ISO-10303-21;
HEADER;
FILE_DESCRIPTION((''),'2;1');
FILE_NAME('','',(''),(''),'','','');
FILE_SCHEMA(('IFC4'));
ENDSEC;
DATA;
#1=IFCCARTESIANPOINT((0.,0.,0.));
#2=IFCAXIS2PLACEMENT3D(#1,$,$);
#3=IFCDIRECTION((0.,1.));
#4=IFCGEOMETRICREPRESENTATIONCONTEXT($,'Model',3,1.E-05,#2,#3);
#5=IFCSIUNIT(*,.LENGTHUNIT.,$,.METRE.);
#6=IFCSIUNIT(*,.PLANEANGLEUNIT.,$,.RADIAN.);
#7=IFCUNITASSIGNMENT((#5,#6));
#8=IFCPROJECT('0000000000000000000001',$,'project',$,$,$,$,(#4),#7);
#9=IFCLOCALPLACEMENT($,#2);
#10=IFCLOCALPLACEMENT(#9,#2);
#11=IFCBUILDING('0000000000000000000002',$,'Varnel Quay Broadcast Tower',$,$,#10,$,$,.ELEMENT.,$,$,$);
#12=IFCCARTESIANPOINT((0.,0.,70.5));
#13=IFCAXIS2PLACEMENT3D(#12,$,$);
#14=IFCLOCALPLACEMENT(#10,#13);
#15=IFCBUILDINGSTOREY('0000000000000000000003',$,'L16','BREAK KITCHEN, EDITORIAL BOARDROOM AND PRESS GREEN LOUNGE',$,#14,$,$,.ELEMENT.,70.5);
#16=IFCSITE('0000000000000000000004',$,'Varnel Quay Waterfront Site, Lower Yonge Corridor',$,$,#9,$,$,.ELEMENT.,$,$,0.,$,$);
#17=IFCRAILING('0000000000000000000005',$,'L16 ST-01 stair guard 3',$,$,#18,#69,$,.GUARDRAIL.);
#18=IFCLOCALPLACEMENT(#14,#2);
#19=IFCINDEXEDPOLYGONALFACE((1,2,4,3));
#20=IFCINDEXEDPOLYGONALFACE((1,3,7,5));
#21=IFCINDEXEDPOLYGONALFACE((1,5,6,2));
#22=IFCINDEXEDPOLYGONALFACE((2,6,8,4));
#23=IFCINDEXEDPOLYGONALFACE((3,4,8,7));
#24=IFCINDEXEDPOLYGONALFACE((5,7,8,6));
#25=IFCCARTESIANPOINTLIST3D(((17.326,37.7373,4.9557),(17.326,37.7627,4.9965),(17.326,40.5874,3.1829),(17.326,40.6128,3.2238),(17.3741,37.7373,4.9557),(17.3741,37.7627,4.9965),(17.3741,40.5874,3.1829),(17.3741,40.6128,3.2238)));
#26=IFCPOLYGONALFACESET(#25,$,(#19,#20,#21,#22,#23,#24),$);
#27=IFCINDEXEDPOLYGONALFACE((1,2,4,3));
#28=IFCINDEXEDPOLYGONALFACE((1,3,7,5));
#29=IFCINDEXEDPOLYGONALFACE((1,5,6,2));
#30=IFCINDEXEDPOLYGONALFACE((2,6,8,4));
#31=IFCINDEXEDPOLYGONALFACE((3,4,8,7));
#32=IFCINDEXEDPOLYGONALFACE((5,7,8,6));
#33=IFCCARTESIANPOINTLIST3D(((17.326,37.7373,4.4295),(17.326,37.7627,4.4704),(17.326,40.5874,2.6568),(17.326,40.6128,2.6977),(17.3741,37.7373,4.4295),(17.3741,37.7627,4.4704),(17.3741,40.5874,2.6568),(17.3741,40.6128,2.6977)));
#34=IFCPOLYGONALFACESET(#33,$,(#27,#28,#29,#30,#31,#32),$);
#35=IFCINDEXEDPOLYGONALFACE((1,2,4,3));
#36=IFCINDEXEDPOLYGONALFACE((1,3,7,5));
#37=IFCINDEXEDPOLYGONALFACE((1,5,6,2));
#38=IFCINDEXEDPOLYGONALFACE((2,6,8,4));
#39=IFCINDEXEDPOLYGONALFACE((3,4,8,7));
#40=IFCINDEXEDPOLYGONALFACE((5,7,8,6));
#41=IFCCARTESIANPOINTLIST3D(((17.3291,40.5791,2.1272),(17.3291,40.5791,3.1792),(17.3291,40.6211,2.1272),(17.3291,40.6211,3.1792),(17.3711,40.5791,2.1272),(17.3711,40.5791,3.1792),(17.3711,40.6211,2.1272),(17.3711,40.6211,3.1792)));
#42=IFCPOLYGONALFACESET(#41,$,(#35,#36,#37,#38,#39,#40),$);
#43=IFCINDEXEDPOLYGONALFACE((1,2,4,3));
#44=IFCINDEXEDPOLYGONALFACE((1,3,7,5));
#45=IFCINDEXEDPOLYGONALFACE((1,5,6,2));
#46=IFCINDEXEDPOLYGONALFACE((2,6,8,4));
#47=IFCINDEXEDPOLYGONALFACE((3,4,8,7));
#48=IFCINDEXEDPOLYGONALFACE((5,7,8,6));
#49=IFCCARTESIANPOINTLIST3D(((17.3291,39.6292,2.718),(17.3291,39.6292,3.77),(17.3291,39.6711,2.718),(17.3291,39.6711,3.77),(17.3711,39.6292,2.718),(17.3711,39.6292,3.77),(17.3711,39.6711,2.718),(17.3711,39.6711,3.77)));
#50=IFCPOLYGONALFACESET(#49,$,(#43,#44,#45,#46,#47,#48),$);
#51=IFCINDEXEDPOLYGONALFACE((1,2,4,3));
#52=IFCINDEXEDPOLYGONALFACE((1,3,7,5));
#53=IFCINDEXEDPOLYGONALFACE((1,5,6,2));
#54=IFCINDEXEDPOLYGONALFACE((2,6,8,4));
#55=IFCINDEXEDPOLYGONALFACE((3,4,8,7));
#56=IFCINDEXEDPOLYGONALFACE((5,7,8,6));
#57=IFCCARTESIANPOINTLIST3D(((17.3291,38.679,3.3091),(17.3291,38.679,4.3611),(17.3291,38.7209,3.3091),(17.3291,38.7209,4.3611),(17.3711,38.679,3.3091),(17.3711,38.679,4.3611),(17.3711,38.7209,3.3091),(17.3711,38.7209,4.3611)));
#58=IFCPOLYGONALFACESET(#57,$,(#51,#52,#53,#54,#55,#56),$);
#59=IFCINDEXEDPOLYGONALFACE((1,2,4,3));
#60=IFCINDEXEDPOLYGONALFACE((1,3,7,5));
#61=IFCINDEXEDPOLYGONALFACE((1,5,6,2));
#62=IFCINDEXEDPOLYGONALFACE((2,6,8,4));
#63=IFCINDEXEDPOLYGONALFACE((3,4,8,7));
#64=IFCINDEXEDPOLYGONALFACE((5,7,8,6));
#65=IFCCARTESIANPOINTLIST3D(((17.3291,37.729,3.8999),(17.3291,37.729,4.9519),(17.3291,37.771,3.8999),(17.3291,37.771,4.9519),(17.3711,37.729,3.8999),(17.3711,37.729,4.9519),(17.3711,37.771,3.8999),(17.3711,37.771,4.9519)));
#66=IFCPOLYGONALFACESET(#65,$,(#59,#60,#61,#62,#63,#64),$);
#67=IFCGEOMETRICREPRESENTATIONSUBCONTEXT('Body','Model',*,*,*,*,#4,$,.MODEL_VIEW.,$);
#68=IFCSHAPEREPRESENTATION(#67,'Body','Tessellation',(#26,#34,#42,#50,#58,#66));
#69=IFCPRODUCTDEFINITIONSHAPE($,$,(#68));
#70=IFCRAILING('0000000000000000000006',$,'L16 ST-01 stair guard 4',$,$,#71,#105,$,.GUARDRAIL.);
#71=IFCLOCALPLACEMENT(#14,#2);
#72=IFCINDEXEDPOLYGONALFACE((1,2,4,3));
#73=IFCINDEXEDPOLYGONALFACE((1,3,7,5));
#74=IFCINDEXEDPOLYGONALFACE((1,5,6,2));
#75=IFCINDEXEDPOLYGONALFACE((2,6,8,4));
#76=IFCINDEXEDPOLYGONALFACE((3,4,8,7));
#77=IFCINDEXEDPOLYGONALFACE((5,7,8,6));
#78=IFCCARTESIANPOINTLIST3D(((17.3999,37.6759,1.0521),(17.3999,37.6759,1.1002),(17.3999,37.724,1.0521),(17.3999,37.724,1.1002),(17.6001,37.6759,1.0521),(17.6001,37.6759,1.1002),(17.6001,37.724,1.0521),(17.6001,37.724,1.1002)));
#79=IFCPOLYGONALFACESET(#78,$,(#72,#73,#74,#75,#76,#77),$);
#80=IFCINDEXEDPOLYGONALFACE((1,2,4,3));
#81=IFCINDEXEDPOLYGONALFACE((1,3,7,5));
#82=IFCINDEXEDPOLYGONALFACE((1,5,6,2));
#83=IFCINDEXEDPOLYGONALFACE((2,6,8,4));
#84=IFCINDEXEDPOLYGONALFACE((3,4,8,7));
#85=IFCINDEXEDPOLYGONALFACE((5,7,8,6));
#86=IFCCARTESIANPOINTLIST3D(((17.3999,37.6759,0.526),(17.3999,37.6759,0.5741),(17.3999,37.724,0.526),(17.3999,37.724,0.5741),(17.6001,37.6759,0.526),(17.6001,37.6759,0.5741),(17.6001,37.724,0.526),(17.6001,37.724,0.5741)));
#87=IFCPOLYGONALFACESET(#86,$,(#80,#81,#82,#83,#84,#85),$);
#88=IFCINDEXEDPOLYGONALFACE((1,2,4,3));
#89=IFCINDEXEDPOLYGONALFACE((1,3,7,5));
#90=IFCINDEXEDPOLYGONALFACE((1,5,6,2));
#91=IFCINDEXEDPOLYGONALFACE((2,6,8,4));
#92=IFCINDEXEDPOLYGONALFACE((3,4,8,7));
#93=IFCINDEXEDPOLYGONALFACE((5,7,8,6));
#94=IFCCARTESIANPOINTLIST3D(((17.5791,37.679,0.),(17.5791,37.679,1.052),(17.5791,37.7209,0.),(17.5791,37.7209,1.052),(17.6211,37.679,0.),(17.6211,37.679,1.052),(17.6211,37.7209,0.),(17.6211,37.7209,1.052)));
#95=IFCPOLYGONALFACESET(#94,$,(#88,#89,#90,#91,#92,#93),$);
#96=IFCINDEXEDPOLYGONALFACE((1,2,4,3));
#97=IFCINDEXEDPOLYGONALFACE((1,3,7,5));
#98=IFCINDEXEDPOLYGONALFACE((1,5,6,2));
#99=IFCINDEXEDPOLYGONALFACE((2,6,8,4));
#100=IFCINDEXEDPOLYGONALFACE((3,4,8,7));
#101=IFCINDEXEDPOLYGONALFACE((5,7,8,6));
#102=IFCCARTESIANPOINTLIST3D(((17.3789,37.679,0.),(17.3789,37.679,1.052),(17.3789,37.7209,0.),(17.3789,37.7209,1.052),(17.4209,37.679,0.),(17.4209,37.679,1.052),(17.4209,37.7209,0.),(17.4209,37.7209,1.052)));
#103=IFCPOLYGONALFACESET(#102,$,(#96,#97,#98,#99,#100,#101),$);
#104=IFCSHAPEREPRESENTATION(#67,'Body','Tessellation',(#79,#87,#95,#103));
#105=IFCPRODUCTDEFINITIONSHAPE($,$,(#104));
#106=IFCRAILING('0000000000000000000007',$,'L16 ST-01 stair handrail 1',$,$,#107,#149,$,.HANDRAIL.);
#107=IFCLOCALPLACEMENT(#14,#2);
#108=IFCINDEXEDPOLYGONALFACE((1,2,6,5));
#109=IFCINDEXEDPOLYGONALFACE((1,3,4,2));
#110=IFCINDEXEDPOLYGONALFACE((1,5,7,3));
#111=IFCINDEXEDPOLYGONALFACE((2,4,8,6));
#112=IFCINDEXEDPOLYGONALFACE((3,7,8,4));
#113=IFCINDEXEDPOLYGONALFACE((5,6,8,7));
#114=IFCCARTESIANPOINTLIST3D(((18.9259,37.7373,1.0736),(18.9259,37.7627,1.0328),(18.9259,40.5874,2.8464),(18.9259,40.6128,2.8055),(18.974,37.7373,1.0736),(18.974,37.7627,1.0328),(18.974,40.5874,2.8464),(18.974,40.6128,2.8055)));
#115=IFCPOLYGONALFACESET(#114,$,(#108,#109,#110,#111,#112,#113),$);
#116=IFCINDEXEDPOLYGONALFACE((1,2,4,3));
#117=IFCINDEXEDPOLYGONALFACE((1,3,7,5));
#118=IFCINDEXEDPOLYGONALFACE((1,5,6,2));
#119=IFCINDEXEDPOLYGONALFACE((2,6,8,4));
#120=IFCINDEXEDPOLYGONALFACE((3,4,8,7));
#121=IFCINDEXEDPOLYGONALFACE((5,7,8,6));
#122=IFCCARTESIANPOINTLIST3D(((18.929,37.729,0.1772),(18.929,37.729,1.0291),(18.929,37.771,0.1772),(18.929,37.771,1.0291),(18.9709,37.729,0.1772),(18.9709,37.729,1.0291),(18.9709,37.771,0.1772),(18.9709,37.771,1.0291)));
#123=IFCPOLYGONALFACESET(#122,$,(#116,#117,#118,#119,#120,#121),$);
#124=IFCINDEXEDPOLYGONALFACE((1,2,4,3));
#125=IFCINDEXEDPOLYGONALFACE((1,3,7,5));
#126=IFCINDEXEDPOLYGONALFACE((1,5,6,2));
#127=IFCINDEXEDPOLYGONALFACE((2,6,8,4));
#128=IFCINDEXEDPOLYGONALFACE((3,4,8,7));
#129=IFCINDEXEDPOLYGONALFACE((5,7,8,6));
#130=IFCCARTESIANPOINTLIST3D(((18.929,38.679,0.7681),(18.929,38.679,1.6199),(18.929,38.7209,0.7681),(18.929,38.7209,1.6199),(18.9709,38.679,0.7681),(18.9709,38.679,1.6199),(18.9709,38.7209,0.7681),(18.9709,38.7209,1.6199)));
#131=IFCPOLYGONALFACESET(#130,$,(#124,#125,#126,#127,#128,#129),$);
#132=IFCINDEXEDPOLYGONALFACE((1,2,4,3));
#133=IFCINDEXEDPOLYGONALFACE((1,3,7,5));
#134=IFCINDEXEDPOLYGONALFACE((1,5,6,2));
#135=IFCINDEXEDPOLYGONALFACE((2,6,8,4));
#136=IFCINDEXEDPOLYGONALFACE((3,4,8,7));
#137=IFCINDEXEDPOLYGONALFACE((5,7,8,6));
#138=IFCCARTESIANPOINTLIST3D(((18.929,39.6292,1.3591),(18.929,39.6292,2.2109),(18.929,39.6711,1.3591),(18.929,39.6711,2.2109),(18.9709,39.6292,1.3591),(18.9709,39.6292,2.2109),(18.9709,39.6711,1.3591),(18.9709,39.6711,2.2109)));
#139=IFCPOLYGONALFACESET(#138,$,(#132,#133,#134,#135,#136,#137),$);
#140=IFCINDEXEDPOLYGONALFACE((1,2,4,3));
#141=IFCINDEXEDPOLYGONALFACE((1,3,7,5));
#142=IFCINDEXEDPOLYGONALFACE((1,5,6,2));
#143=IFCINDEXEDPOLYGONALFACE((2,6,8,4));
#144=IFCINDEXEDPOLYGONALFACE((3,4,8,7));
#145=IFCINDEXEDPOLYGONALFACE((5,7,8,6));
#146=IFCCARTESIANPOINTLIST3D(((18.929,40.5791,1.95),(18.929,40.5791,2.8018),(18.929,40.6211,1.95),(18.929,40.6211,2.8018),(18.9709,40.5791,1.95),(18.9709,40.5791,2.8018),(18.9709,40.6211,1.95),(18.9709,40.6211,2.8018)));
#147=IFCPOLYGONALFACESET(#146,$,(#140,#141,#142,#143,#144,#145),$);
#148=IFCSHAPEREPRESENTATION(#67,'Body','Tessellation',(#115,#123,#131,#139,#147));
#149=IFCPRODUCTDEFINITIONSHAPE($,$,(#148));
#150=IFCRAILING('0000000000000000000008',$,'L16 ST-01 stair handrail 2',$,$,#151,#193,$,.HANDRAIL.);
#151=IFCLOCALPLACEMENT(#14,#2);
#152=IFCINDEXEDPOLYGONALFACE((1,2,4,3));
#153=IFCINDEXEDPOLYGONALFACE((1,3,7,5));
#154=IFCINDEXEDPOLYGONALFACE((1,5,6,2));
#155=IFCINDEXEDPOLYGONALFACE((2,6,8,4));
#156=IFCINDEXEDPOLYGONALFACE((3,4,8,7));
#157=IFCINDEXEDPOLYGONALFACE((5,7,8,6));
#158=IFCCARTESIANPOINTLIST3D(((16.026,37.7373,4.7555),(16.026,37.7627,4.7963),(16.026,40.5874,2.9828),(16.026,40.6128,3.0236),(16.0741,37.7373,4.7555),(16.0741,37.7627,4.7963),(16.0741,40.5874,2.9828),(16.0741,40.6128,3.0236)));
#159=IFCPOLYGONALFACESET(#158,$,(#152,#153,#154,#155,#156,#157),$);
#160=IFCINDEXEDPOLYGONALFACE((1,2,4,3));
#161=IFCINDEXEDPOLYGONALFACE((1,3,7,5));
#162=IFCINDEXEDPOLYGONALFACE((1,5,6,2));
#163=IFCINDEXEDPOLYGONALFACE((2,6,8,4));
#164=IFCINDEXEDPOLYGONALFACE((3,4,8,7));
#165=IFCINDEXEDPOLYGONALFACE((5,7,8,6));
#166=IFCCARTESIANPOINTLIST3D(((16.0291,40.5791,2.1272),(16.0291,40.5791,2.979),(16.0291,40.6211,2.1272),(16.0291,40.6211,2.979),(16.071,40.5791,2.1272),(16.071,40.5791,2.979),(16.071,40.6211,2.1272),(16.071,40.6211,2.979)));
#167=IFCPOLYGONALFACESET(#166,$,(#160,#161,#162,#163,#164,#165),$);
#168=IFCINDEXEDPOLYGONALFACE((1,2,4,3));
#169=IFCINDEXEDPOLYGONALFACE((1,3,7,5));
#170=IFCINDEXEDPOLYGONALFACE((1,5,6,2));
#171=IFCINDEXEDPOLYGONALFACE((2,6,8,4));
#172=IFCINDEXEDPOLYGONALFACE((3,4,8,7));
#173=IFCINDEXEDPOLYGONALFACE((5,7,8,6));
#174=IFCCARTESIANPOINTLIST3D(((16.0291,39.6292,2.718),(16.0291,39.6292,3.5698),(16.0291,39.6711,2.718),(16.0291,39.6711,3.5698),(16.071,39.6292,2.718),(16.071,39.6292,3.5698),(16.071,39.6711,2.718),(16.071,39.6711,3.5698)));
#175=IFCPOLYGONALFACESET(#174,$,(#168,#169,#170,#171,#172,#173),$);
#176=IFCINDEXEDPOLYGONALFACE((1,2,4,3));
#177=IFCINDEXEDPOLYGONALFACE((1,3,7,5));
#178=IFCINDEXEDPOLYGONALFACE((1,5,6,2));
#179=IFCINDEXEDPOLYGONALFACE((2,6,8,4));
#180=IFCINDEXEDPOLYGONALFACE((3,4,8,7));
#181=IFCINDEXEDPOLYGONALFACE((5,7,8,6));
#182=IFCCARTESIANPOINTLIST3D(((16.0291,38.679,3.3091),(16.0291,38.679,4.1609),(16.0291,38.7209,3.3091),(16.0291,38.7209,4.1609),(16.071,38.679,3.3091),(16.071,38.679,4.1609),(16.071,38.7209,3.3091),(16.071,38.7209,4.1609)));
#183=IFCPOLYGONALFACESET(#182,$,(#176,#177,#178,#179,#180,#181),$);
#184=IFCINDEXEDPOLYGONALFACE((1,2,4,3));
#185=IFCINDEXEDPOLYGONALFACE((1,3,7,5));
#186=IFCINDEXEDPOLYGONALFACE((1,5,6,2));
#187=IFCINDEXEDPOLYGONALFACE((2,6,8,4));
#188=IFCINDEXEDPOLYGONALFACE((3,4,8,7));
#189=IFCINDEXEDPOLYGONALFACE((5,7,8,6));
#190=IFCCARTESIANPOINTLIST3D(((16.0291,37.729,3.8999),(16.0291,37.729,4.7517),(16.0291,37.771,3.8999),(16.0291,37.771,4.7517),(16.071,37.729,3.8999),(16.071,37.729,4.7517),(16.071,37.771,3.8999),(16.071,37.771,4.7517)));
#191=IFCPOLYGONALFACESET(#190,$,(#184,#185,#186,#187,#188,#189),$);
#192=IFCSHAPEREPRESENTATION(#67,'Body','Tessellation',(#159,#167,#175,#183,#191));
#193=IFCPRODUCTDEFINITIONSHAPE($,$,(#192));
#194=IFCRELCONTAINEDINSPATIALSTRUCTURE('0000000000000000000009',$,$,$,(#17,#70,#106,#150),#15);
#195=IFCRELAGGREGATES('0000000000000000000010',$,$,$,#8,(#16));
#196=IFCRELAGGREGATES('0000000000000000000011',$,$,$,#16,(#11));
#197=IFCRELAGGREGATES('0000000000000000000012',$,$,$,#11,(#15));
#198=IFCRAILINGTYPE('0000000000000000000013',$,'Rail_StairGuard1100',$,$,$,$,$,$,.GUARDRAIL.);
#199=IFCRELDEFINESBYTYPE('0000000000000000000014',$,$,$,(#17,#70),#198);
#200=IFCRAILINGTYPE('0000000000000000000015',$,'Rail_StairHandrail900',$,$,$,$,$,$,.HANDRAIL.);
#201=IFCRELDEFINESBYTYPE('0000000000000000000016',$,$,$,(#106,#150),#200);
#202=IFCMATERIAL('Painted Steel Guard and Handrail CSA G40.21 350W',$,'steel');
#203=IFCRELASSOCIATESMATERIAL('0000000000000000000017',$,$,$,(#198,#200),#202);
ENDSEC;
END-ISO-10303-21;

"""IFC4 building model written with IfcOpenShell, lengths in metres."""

from ifc_helpers import new_model, si_unit, direction, frame, origin, origin_2d, place, context, subcontext, project, spatial, rectangle, extrude, material, type_object, element, save


model = new_model("IFC4")

# Units and contexts
model_context = context("Model", 3, precision=1e-05, world=origin(), true_north=direction((0.0, 1.0)))
body_context = subcontext(model_context, "Body", "Model", "MODEL_VIEW")
ifc_project = project(units=[si_unit("LENGTHUNIT", "METRE"), si_unit("PLANEANGLEUNIT", "RADIAN")], contexts=[model_context])

# Site, building, storey
site_placement = place(None, origin())
site = spatial("IfcSite", under=ifc_project, at=site_placement, Name="Varnel Quay Waterfront Site, Lower Yonge Corridor", CompositionType="ELEMENT", RefElevation=0.0)
building_placement = place(site_placement, origin())
building = spatial("IfcBuilding", under=site, at=building_placement, Name="Varnel Quay Broadcast Tower", CompositionType="ELEMENT")
storey_placement = place(building_placement, frame((0.0, 0.0, 70.5)))
storey = spatial("IfcBuildingStorey", under=building, at=storey_placement, Name="L16", Description="BREAK KITCHEN, EDITORIAL BOARDROOM AND PRESS GREEN LOUNGE", CompositionType="ELEMENT", Elevation=70.5)

# Railings
ifc_material_1 = material(Name="Painted Steel Guard and Handrail CSA G40.21 350W", Category="steel")
railing_type_1 = type_object("IfcRailingType", Name="Rail_StairGuard1100", PredefinedType="GUARDRAIL", material=ifc_material_1)
railing_1_placement = place(storey_placement, frame((17.3501, 40.6001, 2.1272)))
element("IfcRailing", 1, at=railing_1_placement, inside=storey, type_object=railing_type_1, Name="L16 ST-01 stair guard 3", PredefinedType="GUARDRAIL", context=body_context, shape_type="SweptSolid", body=[
    extrude(rectangle(XDim=0.0481, YDim=0.0481, at=origin_2d()), frame((0.0, 0.0, 1.0762), z_axis=(0.0, -0.849149, 0.528154), x_axis=(1.0, 0.0, 0.0)), (0.0, 0.0, 1.0), 3.3564),
    extrude(rectangle(XDim=0.0481, YDim=0.0481, at=origin_2d()), frame((0.0, 0.0, 0.55), z_axis=(0.0, -0.849149, 0.528154), x_axis=(1.0, 0.0, 0.0)), (0.0, 0.0, 1.0), 3.3564),
    extrude(rectangle(XDim=0.042, YDim=0.042, at=origin_2d()), origin(), (0.0, 0.0, 1.0), 1.052),
    extrude(rectangle(XDim=0.042, YDim=0.042, at=origin_2d()), frame((0.0, -0.95, 0.5908)), (0.0, 0.0, 1.0), 1.052),
    extrude(rectangle(XDim=0.042, YDim=0.042, at=origin_2d()), frame((0.0, -1.9001, 1.1819)), (0.0, 0.0, 1.0), 1.052),
    extrude(rectangle(XDim=0.042, YDim=0.042, at=origin_2d()), frame((0.0, -2.8501, 1.7727)), (0.0, 0.0, 1.0), 1.052),
])
railing_2_placement = place(storey_placement, frame((17.6001, 37.7, 0.0)))
element("IfcRailing", 2, at=railing_2_placement, inside=storey, type_object=railing_type_1, Name="L16 ST-01 stair guard 4", PredefinedType="GUARDRAIL", context=body_context, shape_type="SweptSolid", body=[
    extrude(rectangle(XDim=0.0481, YDim=0.0481, at=origin_2d()), frame((0.0, 0.0, 1.0762), z_axis=(-1.0, 0.0, 0.0), x_axis=(0.0, -1.0, 0.0)), (0.0, 0.0, 1.0), 0.2002),
    extrude(rectangle(XDim=0.0481, YDim=0.0481, at=origin_2d()), frame((0.0, 0.0, 0.55), z_axis=(-1.0, 0.0, 0.0), x_axis=(0.0, -1.0, 0.0)), (0.0, 0.0, 1.0), 0.2002),
    extrude(rectangle(XDim=0.042, YDim=0.042, at=origin_2d()), origin(), (0.0, 0.0, 1.0), 1.052),
    extrude(rectangle(XDim=0.042, YDim=0.042, at=origin_2d()), frame((-0.2002, 0.0, 0.0)), (0.0, 0.0, 1.0), 1.052),
])
railing_type_2 = type_object("IfcRailingType", Name="Rail_StairHandrail900", PredefinedType="HANDRAIL", material=ifc_material_1)
railing_3_placement = place(storey_placement, frame((18.95, 37.75, 0.1772)))
element("IfcRailing", 3, at=railing_3_placement, inside=storey, type_object=railing_type_2, Name="L16 ST-01 stair handrail 1", PredefinedType="HANDRAIL", context=body_context, shape_type="SweptSolid", body=[
    extrude(rectangle(XDim=0.0481, YDim=0.0481, at=origin_2d()), frame((0.0, 0.0, 0.876), z_axis=(0.0, 0.849149, 0.528154), x_axis=(-1.0, 0.0, 0.0)), (0.0, 0.0, 1.0), 3.3564),
    extrude(rectangle(XDim=0.042, YDim=0.042, at=origin_2d()), origin(), (0.0, 0.0, 1.0), 0.8518),
    extrude(rectangle(XDim=0.042, YDim=0.042, at=origin_2d()), frame((0.0, 0.95, 0.5908)), (0.0, 0.0, 1.0), 0.8518),
    extrude(rectangle(XDim=0.042, YDim=0.042, at=origin_2d()), frame((0.0, 1.9001, 1.1819)), (0.0, 0.0, 1.0), 0.8518),
    extrude(rectangle(XDim=0.042, YDim=0.042, at=origin_2d()), frame((0.0, 2.8501, 1.7727)), (0.0, 0.0, 1.0), 0.8518),
])
railing_4_placement = place(storey_placement, frame((16.05, 40.6001, 2.1272)))
element("IfcRailing", 4, at=railing_4_placement, inside=storey, type_object=railing_type_2, Name="L16 ST-01 stair handrail 2", PredefinedType="HANDRAIL", context=body_context, shape_type="SweptSolid", body=[
    extrude(rectangle(XDim=0.0481, YDim=0.0481, at=origin_2d()), frame((0.0, 0.0, 0.876), z_axis=(0.0, -0.849149, 0.528154), x_axis=(1.0, 0.0, 0.0)), (0.0, 0.0, 1.0), 3.3564),
    extrude(rectangle(XDim=0.042, YDim=0.042, at=origin_2d()), origin(), (0.0, 0.0, 1.0), 0.8518),
    extrude(rectangle(XDim=0.042, YDim=0.042, at=origin_2d()), frame((0.0, -0.95, 0.5908)), (0.0, 0.0, 1.0), 0.8518),
    extrude(rectangle(XDim=0.042, YDim=0.042, at=origin_2d()), frame((0.0, -1.9001, 1.1819)), (0.0, 0.0, 1.0), 0.8518),
    extrude(rectangle(XDim=0.042, YDim=0.042, at=origin_2d()), frame((0.0, -2.8501, 1.7727)), (0.0, 0.0, 1.0), 0.8518),
])

save(model, "model.ifc")
